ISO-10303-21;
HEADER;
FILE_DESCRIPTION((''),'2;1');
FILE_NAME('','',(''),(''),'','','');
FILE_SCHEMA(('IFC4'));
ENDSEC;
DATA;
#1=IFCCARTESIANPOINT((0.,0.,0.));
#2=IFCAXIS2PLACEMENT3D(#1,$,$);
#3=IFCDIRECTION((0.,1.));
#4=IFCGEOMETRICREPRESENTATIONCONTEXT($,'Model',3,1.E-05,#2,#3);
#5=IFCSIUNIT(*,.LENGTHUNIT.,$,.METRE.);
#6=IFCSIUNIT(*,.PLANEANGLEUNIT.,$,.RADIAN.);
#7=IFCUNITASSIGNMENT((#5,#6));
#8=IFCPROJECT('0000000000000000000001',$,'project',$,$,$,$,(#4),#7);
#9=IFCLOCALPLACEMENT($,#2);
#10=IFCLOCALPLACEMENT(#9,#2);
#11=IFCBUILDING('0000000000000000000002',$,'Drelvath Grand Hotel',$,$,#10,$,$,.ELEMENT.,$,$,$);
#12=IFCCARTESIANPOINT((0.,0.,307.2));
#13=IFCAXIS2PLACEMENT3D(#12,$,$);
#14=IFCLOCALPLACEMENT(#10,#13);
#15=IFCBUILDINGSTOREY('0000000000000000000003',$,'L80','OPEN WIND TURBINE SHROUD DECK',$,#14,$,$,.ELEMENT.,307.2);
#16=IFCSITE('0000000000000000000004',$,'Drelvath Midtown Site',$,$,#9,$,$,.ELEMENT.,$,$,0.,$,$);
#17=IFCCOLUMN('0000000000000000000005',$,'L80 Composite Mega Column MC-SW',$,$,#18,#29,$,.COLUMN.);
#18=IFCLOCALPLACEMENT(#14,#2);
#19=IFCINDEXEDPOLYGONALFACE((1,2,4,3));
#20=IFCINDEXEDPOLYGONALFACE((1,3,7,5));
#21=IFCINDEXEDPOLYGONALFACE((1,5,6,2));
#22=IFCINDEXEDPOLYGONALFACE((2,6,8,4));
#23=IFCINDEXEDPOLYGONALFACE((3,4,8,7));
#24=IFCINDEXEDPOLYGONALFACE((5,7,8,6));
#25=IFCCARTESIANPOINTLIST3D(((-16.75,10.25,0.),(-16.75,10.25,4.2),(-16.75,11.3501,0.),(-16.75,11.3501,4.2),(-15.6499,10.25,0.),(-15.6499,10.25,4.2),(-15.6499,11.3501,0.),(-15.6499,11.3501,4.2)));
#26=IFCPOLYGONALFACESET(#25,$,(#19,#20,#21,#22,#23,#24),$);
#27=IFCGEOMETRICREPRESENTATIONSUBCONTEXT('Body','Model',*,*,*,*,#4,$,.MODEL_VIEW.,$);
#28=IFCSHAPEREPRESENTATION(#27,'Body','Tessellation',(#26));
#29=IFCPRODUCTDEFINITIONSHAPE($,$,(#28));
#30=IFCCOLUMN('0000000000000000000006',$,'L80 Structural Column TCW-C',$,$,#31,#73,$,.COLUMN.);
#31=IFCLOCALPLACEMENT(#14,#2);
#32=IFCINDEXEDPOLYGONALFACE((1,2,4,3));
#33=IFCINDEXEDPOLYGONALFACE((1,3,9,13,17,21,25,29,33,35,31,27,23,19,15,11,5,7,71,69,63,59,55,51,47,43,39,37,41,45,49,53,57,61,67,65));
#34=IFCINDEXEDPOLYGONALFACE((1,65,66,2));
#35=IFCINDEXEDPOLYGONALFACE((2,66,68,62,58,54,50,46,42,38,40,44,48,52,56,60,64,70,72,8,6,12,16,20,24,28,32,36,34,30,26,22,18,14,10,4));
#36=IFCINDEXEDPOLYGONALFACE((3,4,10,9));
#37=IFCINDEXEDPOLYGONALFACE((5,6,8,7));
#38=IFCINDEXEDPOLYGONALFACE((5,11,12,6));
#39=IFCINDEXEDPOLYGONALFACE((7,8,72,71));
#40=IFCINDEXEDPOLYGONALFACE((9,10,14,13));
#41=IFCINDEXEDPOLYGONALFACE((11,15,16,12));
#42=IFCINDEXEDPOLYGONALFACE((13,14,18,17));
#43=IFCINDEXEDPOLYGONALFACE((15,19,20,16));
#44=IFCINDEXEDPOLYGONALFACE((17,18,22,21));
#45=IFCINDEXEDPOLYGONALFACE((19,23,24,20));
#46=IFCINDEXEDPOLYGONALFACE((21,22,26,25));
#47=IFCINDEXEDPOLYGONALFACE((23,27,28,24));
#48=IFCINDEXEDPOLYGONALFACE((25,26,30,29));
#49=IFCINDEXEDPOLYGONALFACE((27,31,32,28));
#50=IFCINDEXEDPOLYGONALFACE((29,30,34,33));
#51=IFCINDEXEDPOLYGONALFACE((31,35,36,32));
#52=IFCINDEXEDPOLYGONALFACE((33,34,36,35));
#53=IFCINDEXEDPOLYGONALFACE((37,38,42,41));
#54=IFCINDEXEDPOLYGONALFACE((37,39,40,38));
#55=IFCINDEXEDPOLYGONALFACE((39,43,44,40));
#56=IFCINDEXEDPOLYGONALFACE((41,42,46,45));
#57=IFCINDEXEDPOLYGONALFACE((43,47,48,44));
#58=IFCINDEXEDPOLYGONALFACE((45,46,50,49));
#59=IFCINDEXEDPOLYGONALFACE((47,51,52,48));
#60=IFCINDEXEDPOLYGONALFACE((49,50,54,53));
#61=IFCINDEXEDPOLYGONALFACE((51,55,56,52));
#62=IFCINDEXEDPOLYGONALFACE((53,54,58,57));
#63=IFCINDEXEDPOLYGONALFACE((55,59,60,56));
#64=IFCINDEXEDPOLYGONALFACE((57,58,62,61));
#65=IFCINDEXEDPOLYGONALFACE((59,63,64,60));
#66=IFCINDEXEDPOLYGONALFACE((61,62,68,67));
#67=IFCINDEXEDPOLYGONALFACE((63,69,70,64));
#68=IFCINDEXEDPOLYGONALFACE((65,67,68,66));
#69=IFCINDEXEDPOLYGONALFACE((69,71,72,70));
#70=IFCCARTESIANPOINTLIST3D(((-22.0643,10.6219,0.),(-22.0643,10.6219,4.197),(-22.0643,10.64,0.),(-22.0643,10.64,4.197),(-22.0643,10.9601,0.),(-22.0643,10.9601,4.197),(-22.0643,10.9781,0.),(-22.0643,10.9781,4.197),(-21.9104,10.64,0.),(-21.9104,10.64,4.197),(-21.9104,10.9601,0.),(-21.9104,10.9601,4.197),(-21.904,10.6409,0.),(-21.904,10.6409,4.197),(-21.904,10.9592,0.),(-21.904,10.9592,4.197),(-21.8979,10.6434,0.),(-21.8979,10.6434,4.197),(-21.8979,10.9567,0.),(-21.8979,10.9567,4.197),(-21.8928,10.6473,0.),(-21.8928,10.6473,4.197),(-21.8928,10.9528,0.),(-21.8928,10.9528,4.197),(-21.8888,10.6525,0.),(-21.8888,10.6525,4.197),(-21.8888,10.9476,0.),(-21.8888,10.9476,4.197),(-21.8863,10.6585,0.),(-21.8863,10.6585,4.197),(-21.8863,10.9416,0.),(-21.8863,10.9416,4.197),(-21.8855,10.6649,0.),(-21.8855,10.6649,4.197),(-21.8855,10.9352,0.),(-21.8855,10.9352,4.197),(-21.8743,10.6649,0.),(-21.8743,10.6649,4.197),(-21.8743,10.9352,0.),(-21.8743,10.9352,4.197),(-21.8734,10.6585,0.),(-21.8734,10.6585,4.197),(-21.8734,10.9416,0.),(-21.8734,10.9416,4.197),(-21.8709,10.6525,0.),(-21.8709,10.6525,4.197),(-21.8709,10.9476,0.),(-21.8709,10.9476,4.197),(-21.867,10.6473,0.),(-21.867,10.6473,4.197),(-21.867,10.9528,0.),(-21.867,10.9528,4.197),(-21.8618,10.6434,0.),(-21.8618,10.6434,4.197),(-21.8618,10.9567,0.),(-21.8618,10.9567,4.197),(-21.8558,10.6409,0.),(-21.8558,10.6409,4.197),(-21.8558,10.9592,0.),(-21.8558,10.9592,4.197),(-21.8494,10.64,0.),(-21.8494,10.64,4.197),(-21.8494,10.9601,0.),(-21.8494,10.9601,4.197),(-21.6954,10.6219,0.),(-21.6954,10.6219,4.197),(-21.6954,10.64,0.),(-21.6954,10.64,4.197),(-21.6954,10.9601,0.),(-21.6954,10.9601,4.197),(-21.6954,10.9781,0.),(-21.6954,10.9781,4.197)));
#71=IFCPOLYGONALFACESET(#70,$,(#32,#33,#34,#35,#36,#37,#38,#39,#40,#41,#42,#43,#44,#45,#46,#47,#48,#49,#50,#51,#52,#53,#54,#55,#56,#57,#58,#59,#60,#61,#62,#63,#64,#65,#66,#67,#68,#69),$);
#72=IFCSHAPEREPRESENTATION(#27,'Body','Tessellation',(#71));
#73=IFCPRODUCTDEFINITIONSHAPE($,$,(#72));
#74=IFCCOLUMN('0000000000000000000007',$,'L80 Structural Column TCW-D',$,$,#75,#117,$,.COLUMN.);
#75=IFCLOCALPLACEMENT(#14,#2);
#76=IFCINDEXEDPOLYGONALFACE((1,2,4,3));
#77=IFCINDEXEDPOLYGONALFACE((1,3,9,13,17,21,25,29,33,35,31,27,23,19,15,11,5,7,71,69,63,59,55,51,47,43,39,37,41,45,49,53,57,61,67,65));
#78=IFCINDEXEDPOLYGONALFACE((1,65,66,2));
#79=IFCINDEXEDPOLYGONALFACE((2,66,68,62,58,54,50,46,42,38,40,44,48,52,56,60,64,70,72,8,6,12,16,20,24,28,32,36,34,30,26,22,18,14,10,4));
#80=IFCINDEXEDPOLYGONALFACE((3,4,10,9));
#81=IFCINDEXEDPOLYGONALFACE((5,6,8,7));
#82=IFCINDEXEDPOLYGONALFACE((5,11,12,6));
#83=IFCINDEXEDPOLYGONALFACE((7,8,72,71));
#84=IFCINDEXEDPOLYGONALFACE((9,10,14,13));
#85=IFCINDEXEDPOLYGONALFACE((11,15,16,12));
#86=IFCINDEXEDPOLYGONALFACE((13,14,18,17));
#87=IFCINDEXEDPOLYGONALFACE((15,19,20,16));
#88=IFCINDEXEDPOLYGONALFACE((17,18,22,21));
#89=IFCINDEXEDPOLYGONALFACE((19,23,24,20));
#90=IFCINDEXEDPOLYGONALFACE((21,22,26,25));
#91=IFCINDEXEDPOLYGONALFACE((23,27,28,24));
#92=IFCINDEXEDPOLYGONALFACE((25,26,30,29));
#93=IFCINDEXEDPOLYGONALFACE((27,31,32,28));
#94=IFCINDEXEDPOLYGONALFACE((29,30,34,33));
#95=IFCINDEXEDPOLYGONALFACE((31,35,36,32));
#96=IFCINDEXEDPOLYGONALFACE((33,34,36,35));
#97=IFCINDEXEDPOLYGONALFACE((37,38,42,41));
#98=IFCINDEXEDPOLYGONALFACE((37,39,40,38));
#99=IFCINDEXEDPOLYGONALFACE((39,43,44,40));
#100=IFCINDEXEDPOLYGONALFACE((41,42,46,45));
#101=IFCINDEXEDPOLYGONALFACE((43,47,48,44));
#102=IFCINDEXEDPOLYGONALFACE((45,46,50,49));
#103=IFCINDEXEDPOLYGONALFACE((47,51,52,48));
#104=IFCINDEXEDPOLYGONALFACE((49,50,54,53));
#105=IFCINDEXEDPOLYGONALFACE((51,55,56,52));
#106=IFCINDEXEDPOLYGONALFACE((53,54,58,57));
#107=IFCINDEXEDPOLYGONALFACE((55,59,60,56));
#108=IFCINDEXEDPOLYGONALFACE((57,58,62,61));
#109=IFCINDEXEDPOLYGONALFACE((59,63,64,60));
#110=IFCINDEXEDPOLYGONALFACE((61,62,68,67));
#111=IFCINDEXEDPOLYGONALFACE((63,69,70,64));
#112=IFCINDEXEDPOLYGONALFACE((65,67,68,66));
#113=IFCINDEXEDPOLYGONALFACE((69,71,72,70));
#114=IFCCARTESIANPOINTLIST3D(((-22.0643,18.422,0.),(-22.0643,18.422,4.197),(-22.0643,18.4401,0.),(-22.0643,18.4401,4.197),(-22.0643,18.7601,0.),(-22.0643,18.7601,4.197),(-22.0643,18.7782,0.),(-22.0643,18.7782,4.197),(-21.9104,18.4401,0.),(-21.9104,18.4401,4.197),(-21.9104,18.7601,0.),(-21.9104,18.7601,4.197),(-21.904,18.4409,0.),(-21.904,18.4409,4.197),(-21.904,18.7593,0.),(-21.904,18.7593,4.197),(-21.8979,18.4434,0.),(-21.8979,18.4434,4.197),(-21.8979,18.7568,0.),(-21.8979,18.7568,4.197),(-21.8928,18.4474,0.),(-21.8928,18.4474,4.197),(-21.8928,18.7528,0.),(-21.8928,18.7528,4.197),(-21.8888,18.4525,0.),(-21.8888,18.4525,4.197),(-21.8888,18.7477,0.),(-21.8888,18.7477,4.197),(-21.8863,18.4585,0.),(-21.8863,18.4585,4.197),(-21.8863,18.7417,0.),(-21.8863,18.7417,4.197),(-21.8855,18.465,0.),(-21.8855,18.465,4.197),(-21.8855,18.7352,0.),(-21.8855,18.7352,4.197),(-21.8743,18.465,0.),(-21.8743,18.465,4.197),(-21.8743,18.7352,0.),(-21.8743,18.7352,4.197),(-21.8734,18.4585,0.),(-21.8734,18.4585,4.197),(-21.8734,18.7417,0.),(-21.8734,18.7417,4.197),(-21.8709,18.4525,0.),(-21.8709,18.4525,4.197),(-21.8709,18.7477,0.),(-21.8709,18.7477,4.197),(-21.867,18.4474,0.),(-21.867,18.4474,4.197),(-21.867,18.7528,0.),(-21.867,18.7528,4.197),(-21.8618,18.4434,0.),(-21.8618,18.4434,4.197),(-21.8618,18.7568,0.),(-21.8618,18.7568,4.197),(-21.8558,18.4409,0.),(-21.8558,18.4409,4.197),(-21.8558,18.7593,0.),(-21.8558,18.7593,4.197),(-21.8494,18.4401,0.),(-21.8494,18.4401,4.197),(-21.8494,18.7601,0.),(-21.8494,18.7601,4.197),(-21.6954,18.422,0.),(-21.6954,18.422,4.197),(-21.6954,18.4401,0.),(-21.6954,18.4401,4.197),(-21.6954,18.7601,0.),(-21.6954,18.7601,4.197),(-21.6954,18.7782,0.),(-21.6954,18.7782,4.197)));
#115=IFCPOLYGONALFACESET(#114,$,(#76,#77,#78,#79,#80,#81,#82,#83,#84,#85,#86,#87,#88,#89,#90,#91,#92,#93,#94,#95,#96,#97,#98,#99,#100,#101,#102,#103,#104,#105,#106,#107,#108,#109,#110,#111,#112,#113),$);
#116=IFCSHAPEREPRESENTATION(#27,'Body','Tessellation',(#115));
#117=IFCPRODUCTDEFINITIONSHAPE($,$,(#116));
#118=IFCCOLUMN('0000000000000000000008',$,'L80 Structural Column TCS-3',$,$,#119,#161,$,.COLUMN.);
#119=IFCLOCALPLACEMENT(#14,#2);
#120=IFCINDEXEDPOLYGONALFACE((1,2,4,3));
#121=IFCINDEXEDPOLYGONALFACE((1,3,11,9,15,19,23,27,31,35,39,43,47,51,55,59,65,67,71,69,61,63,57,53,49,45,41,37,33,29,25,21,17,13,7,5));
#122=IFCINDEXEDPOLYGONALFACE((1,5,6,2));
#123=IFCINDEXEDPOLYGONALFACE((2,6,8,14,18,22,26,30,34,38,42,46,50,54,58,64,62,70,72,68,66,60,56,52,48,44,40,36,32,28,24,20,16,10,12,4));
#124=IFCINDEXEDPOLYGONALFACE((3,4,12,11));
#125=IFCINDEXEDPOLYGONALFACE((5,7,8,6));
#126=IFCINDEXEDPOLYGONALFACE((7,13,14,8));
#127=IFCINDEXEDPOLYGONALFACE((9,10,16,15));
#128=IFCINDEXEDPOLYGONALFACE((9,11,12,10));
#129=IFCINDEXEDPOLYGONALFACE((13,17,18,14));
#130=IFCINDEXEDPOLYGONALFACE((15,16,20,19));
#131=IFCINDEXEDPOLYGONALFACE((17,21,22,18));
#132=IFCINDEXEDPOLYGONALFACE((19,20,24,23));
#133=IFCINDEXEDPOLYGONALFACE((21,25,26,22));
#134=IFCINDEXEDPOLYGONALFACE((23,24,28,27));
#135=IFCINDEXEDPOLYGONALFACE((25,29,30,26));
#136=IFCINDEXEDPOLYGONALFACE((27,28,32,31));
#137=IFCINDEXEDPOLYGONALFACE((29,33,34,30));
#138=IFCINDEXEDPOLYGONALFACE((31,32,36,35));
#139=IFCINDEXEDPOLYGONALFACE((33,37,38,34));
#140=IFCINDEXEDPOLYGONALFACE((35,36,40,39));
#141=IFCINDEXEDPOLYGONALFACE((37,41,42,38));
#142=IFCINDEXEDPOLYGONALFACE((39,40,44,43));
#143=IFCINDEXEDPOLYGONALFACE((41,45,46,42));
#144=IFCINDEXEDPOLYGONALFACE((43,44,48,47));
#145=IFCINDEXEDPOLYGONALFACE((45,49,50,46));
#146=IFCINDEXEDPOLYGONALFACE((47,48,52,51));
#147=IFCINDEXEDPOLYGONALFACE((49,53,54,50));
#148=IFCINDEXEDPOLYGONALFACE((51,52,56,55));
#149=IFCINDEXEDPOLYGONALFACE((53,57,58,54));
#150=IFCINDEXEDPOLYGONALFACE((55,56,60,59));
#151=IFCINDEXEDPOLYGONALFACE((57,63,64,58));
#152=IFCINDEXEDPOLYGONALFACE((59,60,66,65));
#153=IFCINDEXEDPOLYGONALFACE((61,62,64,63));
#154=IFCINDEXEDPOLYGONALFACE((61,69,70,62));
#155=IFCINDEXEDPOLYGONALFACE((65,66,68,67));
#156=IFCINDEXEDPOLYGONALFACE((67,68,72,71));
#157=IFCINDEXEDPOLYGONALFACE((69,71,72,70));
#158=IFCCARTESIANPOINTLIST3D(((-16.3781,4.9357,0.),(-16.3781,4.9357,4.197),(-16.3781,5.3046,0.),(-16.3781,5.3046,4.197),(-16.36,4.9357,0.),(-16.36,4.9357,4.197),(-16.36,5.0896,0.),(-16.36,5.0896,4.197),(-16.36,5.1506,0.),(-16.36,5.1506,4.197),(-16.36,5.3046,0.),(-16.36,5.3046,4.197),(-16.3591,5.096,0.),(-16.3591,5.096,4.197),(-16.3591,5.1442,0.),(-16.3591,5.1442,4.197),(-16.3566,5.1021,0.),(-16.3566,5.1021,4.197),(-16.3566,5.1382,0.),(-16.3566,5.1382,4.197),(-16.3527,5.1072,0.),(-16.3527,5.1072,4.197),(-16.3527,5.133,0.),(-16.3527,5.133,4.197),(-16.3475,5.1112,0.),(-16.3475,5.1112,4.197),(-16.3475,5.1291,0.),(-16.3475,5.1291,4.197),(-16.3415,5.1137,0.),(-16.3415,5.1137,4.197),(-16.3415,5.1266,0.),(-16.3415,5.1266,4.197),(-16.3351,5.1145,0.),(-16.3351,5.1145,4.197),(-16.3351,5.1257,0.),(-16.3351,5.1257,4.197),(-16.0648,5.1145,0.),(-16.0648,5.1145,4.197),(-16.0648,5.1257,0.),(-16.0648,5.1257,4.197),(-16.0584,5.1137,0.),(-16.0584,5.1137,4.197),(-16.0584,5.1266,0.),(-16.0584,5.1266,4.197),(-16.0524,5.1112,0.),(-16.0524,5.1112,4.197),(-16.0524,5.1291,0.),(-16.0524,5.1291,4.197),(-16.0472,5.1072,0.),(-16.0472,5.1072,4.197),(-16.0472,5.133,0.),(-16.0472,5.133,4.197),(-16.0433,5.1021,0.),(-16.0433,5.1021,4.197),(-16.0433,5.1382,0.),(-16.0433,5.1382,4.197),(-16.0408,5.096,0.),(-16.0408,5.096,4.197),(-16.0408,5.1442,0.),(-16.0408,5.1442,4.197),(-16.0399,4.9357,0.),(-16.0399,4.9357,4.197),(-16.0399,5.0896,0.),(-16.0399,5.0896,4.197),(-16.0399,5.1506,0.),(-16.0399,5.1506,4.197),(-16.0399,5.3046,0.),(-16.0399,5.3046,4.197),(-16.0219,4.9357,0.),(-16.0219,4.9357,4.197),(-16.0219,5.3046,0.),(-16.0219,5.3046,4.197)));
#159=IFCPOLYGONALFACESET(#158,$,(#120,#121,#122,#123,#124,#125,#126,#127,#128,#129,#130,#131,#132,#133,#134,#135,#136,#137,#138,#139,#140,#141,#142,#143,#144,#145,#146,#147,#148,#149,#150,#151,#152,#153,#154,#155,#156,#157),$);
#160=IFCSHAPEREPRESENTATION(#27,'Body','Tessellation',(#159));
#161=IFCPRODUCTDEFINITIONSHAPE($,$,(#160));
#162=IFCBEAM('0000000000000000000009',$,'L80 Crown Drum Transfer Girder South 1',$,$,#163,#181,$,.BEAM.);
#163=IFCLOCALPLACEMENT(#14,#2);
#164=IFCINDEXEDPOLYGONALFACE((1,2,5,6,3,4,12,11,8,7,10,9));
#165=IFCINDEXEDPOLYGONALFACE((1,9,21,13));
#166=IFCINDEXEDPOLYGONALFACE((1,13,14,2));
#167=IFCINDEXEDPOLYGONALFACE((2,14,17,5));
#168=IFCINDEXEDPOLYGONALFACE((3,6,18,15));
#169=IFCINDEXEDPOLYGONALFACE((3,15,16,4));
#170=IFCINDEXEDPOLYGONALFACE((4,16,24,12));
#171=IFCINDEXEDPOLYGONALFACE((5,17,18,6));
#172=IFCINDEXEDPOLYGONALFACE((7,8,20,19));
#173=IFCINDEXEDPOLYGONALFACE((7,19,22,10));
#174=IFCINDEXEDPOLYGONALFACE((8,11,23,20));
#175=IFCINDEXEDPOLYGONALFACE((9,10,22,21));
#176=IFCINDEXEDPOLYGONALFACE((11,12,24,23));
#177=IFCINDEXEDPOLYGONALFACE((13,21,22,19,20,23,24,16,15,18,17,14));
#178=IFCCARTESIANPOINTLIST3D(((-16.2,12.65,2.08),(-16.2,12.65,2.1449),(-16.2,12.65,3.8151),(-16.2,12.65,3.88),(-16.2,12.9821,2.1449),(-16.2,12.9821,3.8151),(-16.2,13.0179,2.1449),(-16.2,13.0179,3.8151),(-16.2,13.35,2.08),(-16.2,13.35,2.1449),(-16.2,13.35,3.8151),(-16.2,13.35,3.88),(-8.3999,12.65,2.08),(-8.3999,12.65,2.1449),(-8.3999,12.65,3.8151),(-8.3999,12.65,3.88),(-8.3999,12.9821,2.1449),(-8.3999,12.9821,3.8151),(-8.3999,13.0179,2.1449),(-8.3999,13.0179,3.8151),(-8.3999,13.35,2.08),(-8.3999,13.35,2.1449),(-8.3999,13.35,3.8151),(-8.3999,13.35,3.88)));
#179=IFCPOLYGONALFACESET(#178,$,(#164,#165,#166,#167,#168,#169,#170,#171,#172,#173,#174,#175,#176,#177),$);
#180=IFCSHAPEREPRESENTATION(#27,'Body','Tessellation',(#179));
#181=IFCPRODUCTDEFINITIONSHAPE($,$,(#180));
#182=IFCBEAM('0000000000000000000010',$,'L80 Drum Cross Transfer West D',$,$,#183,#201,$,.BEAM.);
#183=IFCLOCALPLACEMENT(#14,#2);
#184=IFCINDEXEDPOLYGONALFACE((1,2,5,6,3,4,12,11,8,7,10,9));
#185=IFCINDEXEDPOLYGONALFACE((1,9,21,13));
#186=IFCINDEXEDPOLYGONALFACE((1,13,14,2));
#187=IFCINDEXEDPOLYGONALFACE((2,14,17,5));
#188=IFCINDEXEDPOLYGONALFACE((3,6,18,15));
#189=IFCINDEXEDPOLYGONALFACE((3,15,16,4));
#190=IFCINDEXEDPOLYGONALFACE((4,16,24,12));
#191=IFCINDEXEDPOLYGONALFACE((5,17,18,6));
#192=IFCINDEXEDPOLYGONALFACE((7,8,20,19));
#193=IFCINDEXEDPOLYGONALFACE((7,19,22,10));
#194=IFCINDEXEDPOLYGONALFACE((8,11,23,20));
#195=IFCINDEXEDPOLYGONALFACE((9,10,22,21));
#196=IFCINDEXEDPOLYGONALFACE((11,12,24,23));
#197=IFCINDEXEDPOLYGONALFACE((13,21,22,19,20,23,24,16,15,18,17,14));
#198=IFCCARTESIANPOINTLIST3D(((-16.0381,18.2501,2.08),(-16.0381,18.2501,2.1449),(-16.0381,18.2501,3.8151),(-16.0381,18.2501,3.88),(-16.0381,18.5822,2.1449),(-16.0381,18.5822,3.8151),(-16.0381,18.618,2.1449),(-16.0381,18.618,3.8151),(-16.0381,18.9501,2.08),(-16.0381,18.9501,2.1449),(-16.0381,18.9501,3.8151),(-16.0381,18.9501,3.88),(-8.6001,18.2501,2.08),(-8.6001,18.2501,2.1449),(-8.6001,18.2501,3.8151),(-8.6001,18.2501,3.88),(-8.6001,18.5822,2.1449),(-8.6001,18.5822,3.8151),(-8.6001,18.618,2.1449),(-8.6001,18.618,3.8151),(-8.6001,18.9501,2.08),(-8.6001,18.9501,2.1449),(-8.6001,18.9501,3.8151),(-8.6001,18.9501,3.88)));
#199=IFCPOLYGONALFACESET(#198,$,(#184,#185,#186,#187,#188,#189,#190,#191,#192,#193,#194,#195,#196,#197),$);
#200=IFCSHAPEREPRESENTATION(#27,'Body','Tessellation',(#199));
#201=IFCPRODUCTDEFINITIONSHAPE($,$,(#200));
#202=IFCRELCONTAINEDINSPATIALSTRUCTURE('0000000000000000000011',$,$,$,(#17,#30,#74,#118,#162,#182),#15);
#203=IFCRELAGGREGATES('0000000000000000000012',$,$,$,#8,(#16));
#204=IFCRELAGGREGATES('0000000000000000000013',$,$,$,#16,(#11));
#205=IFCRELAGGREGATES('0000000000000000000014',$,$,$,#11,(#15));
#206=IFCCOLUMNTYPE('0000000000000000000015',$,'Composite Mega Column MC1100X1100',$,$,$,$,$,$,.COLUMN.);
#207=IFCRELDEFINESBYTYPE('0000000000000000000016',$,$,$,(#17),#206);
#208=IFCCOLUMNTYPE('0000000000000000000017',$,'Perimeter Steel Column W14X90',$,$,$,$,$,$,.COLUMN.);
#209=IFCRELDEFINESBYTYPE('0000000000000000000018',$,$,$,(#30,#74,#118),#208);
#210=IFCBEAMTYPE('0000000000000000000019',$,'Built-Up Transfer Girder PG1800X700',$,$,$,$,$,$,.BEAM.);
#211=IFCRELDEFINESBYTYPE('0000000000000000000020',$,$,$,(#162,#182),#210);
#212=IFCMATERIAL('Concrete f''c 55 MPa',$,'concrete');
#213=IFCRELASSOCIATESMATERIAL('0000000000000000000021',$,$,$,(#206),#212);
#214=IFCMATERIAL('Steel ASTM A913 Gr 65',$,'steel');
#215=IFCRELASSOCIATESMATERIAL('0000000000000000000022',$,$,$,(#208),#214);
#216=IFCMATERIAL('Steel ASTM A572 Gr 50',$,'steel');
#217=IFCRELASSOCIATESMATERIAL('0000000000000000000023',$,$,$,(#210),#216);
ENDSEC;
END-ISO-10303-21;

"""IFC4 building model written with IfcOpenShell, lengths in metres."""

from ifc_helpers import new_model, si_unit, direction, frame, origin, origin_2d, place, context, subcontext, project, spatial, rectangle, i_section, extrude, material, material_profile, profile_set, type_object, element, save


model = new_model("IFC4")

# Units and contexts
model_context = context("Model", 3, precision=1e-05, world=origin(), true_north=direction((0.0, 1.0)))
body_context = subcontext(model_context, "Body", "Model", "MODEL_VIEW")
ifc_project = project(units=[si_unit("LENGTHUNIT", "METRE"), si_unit("PLANEANGLEUNIT", "RADIAN")], contexts=[model_context])

# Site, building, storey
site_placement = place(None, origin())
site = spatial("IfcSite", under=ifc_project, at=site_placement, Name="Drelvath Midtown Site", CompositionType="ELEMENT", RefElevation=0.0)
building_placement = place(site_placement, origin())
building = spatial("IfcBuilding", under=site, at=building_placement, Name="Drelvath Grand Hotel", CompositionType="ELEMENT")
storey_placement = place(building_placement, frame((0.0, 0.0, 307.2)))
storey = spatial("IfcBuildingStorey", under=building, at=storey_placement, Name="L80", Description="OPEN WIND TURBINE SHROUD DECK", CompositionType="ELEMENT", Elevation=307.2)

# Columns
ifc_material_1 = material(Name="Concrete f'c 55 MPa", Category="concrete")
ifc_material_profile_1 = material_profile(ifc_material_1, rectangle(XDim=1.1001, YDim=1.1001, at=origin_2d()), Name="MC1100X1100")
ifc_profile_set_1 = profile_set([ifc_material_profile_1], Name="Concrete f'c 55 MPa")
column_type_1 = type_object("IfcColumnType", Name="Composite Mega Column MC1100X1100", PredefinedType="COLUMN", material=ifc_profile_set_1)
column_placement = place(storey_placement, frame((-16.2, 10.8, 0.0), z_axis=(0.0, 0.0, 1.0), x_axis=(1.0, 0.0, 0.0)))
element("IfcColumn", 1, at=column_placement, inside=storey, type_object=column_type_1, Name="L80 Composite Mega Column MC-SW", PredefinedType="COLUMN", context=body_context, shape_type="SweptSolid", body=[
    extrude(rectangle(XDim=1.1001, YDim=1.1001, at=origin_2d()), origin(), (0.0, 0.0, 1.0), 4.2),
])
ifc_material_2 = material(Name="Steel ASTM A913 Gr 65", Category="steel")
ifc_material_profile_2 = material_profile(ifc_material_2, i_section(OverallWidth=0.3689, OverallDepth=0.3562, WebThickness=0.0112, FlangeThickness=0.0181, FilletRadius=0.0249, at=origin_2d()), Name="W14X90")
ifc_profile_set_2 = profile_set([ifc_material_profile_2], Name="Steel ASTM A913 Gr 65")
column_type_2 = type_object("IfcColumnType", Name="Perimeter Steel Column W14X90", PredefinedType="COLUMN", material=ifc_profile_set_2)
for number, where, z_axis, x_axis, name in (
    (2, (-21.8799, 10.8, 0.0), (0.0, 0.0, 1.0), (1.0, 0.0, 0.0), "L80 Structural Column TCW-C"),
    (3, (-21.8799, 18.6001, 0.0), (0.0, 0.0, 1.0), (1.0, 0.0, 0.0), "L80 Structural Column TCW-D"),
    (4, (-16.2, 5.1201, 0.0), (0.0, 0.0, 1.0), (0.0, 1.0, 0.0), "L80 Structural Column TCS-3"),
):
    element("IfcColumn", number, at=place(storey_placement, frame(where, z_axis=z_axis, x_axis=x_axis)), inside=storey, type_object=column_type_2, Name=name, PredefinedType="COLUMN", context=body_context, shape_type="SweptSolid", body=[
        extrude(i_section(OverallWidth=0.3689, OverallDepth=0.3562, WebThickness=0.0112, FlangeThickness=0.0181, FilletRadius=0.0249, at=origin_2d()), origin(), (0.0, 0.0, 1.0), 4.197),
    ])

# Beams
ifc_material_3 = material(Name="Steel ASTM A572 Gr 50", Category="steel")
ifc_material_profile_3 = material_profile(ifc_material_3, i_section(OverallWidth=0.7, OverallDepth=1.8, WebThickness=0.0359, FlangeThickness=0.0649, at=origin_2d()), Name="PG1800X700")
ifc_profile_set_3 = profile_set([ifc_material_profile_3], Name="Steel ASTM A572 Gr 50")
beam_type_1 = type_object("IfcBeamType", Name="Built-Up Transfer Girder PG1800X700", PredefinedType="BEAM", material=ifc_profile_set_3)
beam_1_placement = place(storey_placement, frame((-16.2, 13.0, 2.98), z_axis=(1.0, 0.0, 0.0), x_axis=(0.0, 1.0, 0.0)))
element("IfcBeam", 5, at=beam_1_placement, inside=storey, type_object=beam_type_1, Name="L80 Crown Drum Transfer Girder South 1", PredefinedType="BEAM", context=body_context, shape_type="SweptSolid", body=[
    extrude(i_section(OverallWidth=0.7, OverallDepth=1.8, WebThickness=0.0359, FlangeThickness=0.0649, at=origin_2d()), origin(), (0.0, 0.0, 1.0), 7.8),
])
beam_2_placement = place(storey_placement, frame((-16.0381, 18.6001, 2.98), z_axis=(1.0, 0.0, 0.0), x_axis=(0.0, 1.0, 0.0)))
element("IfcBeam", 6, at=beam_2_placement, inside=storey, type_object=beam_type_1, Name="L80 Drum Cross Transfer West D", PredefinedType="BEAM", context=body_context, shape_type="SweptSolid", body=[
    extrude(i_section(OverallWidth=0.7, OverallDepth=1.8, WebThickness=0.0359, FlangeThickness=0.0649, at=origin_2d()), origin(), (0.0, 0.0, 1.0), 7.438),
])

save(model, "model.ifc")
